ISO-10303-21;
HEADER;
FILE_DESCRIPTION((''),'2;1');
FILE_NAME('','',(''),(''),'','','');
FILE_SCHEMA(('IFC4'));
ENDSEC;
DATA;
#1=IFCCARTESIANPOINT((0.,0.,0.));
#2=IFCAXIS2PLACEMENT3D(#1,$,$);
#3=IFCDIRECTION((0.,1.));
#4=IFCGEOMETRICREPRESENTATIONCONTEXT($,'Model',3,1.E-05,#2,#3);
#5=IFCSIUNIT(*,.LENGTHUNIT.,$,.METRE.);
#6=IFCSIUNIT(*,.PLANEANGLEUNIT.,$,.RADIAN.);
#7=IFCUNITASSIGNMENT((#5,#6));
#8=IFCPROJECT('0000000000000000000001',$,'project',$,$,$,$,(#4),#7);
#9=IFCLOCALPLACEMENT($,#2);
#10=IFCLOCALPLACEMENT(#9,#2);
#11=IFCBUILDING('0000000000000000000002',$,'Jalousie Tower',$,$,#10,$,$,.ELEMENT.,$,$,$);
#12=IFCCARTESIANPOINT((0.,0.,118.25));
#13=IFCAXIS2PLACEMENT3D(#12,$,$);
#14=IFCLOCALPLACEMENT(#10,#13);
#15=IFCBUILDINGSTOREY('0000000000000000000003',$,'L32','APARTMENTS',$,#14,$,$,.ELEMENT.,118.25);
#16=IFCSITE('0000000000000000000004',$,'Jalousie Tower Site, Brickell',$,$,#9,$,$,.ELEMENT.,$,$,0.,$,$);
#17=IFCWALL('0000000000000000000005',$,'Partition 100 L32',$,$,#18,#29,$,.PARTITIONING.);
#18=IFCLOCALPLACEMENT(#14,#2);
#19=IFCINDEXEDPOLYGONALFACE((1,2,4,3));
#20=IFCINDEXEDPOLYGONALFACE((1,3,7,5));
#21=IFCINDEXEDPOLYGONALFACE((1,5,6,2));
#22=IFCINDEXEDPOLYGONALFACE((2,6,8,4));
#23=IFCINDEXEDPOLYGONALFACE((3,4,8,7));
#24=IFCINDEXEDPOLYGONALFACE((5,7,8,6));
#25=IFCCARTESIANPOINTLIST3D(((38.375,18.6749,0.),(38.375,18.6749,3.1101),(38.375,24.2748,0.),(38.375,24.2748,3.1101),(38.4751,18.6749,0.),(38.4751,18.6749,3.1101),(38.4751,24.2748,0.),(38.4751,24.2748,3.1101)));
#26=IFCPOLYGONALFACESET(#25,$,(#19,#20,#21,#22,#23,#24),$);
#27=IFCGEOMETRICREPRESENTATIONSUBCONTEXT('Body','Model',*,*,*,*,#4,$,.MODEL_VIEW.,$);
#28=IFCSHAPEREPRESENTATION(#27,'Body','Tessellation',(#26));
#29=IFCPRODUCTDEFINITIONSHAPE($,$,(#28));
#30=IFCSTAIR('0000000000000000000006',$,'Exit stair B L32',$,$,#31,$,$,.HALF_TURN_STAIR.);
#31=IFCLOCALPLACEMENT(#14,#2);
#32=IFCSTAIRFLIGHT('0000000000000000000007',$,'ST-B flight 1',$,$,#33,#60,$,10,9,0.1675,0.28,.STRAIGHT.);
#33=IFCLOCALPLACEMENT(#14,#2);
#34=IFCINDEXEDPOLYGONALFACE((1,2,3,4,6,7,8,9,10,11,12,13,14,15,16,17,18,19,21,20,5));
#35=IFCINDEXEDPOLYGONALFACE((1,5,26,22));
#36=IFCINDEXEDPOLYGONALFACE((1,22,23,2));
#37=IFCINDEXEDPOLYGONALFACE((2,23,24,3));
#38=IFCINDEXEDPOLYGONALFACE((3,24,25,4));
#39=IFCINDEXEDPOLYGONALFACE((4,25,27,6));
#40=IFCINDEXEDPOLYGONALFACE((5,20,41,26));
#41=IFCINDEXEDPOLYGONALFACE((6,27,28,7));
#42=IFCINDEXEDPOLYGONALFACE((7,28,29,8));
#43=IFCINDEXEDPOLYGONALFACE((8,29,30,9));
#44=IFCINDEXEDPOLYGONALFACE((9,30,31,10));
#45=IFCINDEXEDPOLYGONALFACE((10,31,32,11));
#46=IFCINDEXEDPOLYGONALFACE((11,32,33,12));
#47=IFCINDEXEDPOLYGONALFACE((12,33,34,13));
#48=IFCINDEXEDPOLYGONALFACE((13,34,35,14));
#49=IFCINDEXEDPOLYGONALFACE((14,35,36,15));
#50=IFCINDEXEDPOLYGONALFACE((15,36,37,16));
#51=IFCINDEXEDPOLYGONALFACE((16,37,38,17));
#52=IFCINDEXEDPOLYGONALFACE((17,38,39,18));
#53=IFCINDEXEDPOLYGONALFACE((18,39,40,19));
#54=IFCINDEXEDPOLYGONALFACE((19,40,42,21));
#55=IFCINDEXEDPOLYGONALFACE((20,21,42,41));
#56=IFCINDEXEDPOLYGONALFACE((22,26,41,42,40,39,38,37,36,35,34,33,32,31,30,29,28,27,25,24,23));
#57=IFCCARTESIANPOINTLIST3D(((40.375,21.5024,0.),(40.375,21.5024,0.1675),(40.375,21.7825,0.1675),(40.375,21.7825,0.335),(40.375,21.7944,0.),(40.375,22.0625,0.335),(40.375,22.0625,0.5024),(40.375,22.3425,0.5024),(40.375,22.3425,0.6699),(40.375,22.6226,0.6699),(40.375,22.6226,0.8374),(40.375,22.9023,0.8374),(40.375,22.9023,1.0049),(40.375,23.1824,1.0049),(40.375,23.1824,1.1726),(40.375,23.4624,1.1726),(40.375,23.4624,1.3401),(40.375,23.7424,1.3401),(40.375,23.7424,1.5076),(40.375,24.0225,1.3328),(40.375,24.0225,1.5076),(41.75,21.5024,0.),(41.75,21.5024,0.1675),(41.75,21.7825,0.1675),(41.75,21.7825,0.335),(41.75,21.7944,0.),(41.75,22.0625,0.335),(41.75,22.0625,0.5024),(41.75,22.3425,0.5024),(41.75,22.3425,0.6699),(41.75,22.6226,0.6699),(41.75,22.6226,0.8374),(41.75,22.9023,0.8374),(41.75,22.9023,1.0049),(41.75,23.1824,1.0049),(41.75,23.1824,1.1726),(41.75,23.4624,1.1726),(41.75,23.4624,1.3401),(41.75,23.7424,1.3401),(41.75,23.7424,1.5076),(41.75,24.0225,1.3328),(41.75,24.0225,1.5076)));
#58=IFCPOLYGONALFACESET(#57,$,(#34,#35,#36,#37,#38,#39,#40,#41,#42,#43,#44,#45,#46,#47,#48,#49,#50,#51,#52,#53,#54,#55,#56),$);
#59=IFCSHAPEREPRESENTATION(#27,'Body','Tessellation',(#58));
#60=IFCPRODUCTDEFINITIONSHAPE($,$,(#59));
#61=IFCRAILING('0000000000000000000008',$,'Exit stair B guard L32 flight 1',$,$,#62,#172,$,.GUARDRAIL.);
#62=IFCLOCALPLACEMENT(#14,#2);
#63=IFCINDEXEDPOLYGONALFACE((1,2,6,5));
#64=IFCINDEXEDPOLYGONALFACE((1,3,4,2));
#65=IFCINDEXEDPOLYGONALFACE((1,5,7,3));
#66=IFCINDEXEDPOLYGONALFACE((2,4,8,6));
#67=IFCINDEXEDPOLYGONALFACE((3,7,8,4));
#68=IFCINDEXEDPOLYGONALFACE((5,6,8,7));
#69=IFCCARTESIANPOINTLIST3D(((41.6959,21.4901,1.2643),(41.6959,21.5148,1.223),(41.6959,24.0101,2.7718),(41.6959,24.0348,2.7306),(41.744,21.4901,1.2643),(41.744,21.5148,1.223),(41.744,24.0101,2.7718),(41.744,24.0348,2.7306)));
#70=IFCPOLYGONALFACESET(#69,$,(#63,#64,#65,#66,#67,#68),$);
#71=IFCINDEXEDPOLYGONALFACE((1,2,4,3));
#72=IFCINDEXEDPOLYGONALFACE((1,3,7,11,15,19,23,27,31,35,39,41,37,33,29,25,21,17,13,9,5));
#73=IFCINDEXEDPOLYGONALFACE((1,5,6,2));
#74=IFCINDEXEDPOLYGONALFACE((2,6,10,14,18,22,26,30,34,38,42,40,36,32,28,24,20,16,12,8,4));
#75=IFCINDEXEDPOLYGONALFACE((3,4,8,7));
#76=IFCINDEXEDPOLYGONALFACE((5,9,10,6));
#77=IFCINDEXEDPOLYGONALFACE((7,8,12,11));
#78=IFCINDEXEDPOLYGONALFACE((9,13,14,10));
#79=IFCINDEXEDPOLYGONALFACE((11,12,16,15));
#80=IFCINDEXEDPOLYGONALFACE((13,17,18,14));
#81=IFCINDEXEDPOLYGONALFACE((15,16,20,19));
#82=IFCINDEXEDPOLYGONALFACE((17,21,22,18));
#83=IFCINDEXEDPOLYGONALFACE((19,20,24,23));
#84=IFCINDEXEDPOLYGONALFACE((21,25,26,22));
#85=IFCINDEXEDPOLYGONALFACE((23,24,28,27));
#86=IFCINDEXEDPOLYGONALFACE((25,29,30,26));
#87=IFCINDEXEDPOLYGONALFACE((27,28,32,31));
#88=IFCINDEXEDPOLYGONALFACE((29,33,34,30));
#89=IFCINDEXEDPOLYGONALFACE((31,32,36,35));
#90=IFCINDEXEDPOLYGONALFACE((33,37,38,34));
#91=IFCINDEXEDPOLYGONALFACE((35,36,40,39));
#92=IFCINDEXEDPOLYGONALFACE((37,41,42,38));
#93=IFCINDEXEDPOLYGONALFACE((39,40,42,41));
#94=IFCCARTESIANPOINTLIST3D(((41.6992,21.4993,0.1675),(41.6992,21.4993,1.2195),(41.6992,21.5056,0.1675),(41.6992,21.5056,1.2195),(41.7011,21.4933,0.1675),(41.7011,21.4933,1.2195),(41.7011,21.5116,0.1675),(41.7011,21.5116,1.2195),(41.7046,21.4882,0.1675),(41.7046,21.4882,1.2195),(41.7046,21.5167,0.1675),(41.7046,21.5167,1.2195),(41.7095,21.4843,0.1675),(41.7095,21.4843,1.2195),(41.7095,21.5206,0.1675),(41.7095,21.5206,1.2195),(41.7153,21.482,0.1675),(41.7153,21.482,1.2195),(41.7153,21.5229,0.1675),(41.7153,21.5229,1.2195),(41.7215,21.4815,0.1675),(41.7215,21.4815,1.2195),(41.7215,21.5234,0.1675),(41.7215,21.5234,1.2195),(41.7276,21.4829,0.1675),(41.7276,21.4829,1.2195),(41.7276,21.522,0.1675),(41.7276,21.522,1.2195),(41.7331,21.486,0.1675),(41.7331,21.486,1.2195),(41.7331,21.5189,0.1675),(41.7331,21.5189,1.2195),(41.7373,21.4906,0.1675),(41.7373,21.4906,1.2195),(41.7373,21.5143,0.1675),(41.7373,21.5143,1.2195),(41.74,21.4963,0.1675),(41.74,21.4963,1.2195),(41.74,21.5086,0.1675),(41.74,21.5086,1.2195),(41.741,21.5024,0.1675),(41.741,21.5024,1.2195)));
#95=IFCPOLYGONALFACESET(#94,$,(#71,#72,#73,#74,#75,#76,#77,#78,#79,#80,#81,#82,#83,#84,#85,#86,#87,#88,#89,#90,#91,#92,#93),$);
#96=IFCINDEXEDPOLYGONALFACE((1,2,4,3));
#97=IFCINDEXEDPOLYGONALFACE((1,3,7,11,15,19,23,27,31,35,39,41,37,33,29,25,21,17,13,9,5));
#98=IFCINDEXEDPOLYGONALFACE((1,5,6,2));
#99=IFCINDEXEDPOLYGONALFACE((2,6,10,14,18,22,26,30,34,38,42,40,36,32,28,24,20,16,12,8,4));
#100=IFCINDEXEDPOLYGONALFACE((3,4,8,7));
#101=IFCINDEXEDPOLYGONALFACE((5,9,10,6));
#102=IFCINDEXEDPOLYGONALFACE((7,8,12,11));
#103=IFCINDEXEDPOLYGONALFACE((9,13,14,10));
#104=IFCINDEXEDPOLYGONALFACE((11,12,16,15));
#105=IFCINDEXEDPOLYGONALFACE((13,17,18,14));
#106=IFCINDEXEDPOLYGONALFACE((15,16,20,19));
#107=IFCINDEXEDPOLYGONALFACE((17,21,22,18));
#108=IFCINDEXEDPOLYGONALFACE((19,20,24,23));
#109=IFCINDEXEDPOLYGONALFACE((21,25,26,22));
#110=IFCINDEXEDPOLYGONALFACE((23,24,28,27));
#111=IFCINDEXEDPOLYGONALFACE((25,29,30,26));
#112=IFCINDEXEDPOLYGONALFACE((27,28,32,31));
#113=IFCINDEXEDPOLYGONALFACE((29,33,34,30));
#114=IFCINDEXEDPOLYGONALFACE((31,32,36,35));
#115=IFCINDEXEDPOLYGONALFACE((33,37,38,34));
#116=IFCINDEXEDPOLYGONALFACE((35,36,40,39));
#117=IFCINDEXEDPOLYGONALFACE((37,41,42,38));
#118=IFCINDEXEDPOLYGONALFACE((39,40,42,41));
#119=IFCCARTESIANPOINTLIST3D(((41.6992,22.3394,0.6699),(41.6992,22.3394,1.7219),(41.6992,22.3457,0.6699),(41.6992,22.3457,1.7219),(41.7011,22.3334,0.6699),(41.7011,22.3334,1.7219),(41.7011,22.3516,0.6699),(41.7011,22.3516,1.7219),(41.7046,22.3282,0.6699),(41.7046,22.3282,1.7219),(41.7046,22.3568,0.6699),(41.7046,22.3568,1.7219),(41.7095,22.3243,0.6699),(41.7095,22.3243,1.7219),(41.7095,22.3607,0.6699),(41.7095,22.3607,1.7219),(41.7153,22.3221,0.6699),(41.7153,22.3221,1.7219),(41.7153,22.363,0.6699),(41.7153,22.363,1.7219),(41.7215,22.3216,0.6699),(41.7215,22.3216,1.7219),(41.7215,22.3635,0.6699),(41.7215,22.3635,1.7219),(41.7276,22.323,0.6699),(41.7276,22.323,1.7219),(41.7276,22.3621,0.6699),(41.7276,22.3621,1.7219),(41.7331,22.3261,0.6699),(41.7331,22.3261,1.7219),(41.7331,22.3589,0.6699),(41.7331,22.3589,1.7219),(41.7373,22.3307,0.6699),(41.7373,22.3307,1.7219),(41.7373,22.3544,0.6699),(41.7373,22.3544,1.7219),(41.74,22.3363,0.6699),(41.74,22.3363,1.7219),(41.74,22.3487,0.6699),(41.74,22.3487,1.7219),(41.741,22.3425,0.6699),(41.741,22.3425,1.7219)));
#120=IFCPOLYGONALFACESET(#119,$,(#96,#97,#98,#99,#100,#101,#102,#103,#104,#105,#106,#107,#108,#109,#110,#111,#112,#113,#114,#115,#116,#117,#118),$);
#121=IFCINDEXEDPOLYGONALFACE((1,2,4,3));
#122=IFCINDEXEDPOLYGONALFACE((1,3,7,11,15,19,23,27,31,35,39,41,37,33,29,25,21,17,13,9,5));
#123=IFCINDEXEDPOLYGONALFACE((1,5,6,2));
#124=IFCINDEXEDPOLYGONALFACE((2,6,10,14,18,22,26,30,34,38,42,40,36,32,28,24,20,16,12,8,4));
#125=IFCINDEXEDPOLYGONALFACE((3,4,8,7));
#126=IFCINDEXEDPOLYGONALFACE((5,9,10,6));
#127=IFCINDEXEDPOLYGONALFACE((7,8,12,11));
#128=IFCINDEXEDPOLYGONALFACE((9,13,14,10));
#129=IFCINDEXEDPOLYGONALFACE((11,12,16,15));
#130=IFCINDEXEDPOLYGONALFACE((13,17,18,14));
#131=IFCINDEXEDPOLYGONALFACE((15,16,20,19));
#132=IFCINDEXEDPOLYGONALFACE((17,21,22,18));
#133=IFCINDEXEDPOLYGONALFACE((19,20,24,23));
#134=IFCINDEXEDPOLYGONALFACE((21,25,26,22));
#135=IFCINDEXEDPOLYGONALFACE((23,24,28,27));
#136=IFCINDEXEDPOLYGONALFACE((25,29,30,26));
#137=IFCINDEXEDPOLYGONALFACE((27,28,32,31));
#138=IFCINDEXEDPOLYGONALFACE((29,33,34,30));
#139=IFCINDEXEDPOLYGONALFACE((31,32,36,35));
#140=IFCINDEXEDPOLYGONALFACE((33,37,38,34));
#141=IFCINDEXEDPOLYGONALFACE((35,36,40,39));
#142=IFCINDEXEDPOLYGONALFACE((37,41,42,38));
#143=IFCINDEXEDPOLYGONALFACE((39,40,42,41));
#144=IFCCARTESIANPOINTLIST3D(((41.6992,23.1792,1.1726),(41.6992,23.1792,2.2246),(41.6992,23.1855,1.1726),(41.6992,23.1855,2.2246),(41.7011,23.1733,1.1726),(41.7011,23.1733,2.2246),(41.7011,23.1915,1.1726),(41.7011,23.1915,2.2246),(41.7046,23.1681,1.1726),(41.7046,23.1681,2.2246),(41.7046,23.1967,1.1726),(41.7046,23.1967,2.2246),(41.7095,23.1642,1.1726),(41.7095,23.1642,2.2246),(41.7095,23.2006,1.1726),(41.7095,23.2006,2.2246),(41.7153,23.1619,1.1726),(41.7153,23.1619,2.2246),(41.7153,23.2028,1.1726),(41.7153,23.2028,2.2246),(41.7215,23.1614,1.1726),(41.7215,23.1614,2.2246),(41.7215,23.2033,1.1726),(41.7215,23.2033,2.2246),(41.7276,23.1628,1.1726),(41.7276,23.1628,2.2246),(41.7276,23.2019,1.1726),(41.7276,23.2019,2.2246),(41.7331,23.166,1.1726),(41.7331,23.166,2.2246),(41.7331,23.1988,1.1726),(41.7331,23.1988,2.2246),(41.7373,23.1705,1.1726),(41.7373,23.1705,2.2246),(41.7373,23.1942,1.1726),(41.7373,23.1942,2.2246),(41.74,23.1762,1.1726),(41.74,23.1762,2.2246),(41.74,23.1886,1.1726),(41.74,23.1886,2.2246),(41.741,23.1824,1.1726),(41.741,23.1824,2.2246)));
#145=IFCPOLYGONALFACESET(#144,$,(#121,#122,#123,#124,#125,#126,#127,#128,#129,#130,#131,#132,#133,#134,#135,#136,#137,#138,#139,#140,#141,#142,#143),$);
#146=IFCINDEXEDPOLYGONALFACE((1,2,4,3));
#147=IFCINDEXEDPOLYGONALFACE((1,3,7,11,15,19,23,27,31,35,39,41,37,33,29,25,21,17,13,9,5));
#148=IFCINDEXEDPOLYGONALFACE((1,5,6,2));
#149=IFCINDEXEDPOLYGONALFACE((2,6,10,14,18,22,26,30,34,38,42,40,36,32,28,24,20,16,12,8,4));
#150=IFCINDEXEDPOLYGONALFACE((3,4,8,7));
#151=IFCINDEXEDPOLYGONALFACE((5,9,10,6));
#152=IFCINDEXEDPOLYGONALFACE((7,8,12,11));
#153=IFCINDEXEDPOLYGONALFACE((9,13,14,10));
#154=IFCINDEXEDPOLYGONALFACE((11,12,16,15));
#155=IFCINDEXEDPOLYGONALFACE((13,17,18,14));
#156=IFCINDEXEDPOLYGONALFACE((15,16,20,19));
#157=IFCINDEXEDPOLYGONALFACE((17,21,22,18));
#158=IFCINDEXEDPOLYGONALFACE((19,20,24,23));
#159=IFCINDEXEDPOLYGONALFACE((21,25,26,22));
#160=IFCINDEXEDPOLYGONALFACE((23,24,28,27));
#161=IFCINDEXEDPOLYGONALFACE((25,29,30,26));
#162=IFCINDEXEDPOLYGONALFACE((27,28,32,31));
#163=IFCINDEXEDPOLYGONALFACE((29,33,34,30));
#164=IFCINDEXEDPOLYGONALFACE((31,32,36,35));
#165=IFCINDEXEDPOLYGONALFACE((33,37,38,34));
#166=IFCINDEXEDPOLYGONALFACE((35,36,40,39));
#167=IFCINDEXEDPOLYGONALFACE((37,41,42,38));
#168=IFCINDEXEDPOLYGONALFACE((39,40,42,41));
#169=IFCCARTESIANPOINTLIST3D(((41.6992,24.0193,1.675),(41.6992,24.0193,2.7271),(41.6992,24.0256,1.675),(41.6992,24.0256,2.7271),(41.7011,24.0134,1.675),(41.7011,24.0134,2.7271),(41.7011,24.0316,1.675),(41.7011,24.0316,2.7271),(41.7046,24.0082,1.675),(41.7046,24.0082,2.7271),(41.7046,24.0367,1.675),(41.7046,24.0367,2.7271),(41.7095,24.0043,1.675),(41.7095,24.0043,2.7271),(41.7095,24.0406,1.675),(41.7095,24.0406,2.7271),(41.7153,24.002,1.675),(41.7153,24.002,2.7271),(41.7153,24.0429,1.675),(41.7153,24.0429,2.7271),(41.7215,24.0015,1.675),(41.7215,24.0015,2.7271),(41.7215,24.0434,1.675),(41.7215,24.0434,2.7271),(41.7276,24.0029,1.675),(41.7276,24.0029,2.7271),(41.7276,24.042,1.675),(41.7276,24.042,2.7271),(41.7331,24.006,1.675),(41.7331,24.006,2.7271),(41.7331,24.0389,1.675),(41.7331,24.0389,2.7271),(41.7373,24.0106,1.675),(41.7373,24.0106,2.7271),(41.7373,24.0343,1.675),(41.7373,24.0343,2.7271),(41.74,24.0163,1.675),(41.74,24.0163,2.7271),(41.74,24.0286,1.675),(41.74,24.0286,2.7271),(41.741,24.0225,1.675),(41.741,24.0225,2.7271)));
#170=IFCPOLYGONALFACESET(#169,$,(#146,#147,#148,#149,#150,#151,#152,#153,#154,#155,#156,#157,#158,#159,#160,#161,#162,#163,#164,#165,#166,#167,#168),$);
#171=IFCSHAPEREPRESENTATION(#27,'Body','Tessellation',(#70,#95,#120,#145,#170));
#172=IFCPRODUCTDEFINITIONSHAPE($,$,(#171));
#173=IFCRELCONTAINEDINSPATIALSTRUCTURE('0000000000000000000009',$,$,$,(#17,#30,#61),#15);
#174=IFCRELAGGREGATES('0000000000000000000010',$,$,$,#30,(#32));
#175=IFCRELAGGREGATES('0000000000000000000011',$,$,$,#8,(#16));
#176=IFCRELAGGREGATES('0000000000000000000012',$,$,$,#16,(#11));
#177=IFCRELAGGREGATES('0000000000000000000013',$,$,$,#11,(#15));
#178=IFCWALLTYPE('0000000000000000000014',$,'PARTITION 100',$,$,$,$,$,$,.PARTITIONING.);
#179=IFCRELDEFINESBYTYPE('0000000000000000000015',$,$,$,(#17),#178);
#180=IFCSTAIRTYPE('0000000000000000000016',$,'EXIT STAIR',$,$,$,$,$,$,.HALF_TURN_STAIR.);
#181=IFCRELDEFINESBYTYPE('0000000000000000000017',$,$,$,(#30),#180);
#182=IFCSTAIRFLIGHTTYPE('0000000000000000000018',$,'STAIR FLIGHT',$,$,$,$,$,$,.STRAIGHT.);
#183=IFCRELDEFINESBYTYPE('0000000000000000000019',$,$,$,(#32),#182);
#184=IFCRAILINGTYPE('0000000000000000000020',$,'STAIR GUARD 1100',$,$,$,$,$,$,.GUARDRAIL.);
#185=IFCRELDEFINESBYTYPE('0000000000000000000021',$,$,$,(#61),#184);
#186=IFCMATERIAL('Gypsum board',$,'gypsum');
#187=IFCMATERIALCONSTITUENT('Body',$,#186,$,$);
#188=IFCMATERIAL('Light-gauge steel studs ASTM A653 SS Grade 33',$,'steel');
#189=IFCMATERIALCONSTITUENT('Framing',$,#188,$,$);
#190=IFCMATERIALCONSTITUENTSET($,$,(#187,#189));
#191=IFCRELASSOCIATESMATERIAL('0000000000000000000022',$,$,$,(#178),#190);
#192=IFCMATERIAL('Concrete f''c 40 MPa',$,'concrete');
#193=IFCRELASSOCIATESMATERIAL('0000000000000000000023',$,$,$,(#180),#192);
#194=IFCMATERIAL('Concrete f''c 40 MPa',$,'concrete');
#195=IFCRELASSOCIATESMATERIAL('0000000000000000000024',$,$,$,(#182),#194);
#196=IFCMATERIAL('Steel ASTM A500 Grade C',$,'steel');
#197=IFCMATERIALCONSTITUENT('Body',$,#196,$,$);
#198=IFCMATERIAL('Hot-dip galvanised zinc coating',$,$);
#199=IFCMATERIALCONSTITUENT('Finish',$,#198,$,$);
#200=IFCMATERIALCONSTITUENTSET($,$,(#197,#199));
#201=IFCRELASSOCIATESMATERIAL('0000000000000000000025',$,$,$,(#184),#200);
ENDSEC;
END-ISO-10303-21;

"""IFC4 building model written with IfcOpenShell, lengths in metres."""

from ifc_helpers import new_model, si_unit, direction, frame, frame_2d, origin, origin_2d, place, context, subcontext, project, spatial, polyline, rectangle, circle, outline, extrude, material, constituent, constituent_set, type_object, element, aggregate, save


model = new_model("IFC4")

# Units and contexts
model_context = context("Model", 3, precision=1e-05, world=origin(), true_north=direction((0.0, 1.0)))
body_context = subcontext(model_context, "Body", "Model", "MODEL_VIEW")
ifc_project = project(units=[si_unit("LENGTHUNIT", "METRE"), si_unit("PLANEANGLEUNIT", "RADIAN")], contexts=[model_context])

# Site, building, storey
site_placement = place(None, origin())
site = spatial("IfcSite", under=ifc_project, at=site_placement, Name="Jalousie Tower Site, Brickell", CompositionType="ELEMENT", RefElevation=0.0)
building_placement = place(site_placement, origin())
building = spatial("IfcBuilding", under=site, at=building_placement, Name="Jalousie Tower", CompositionType="ELEMENT")
storey_placement = place(building_placement, frame((0.0, 0.0, 118.25)))
storey = spatial("IfcBuildingStorey", under=building, at=storey_placement, Name="L32", Description="APARTMENTS", CompositionType="ELEMENT", Elevation=118.25)

# Wall
ifc_material_1 = material(Name="Gypsum board", Category="gypsum")
ifc_constituent_1 = constituent(ifc_material_1, Name="Body")
ifc_material_2 = material(Name="Light-gauge steel studs ASTM A653 SS Grade 33", Category="steel")
ifc_constituent_2 = constituent(ifc_material_2, Name="Framing")
ifc_constituent_set_1 = constituent_set(constituents=[ifc_constituent_1, ifc_constituent_2])
wall_type_1 = type_object("IfcWallType", Name="PARTITION 100", PredefinedType="PARTITIONING", material=ifc_constituent_set_1)
wall_1_placement = place(storey_placement, frame((38.425, 18.675, 0.0), z_axis=(0.0, 0.0, 1.0), x_axis=(0.0, 1.0, 0.0)))
element("IfcWall", 1, at=wall_1_placement, inside=storey, type_object=wall_type_1, Name="Partition 100 L32", PredefinedType="PARTITIONING", context=body_context, shape_type="SweptSolid", body=[
    extrude(rectangle(XDim=5.5999, YDim=0.1001, at=frame_2d((2.7998, 0.0))), origin(), (0.0, 0.0, 1.0), 3.1101),
])

# Stair, stair flight
ifc_material_3 = material(Name="Concrete f'c 40 MPa", Category="concrete")
stair_type = type_object("IfcStairType", Name="EXIT STAIR", PredefinedType="HALF_TURN_STAIR", material=ifc_material_3)
stair_placement = place(storey_placement, origin())
stair = element("IfcStair", 2, at=stair_placement, inside=storey, type_object=stair_type, Name="Exit stair B L32", PredefinedType="HALF_TURN_STAIR")
ifc_material_4 = material(Name="Concrete f'c 40 MPa", Category="concrete")
stair_flight_type = type_object("IfcStairFlightType", Name="STAIR FLIGHT", PredefinedType="STRAIGHT", material=ifc_material_4)
stair_flight_placement = place(storey_placement, frame((41.0625, 21.5024, 0.0), z_axis=(0.0, 0.0, 1.0), x_axis=(0.0, 1.0, 0.0)))
stair_flight = element("IfcStairFlight", 3, at=stair_flight_placement, type_object=stair_flight_type, Name="ST-B flight 1", NumberOfRisers=10, NumberOfTreads=9, PredefinedType="STRAIGHT", RiserHeight=0.1675, TreadLength=0.28, context=body_context, shape_type="SweptSolid", body=[
    extrude(outline(polyline([(0.0, 0.0), (0.0, 0.1675), (0.28, 0.1675), (0.28, 0.335), (0.5601, 0.335), (0.5601, 0.5024), (0.8401, 0.5024), (0.8401, 0.6699), (1.1201, 0.6699), (1.1201, 0.8374), (1.3999, 0.8374), (1.3999, 1.0049), (1.6799, 1.0049), (1.6799, 1.1726), (1.96, 1.1726), (1.96, 1.3401), (2.24, 1.3401), (2.24, 1.5076), (2.52, 1.5076), (2.52, 1.675), (2.52, 1.3328), (0.292, 0.0), (0.0, 0.0)])), frame((0.0, 0.6875, 0.0), z_axis=(0.0, -1.0, 0.0), x_axis=(1.0, 0.0, 0.0)), (0.0, 0.0, 1.0), 1.375),
])
aggregate(stair, [stair_flight])

# Railing
ifc_material_5 = material(Name="Steel ASTM A500 Grade C", Category="steel")
ifc_constituent_3 = constituent(ifc_material_5, Name="Body")
ifc_material_6 = material(Name="Hot-dip galvanised zinc coating")
ifc_constituent_4 = constituent(ifc_material_6, Name="Finish")
ifc_constituent_set_2 = constituent_set(constituents=[ifc_constituent_3, ifc_constituent_4])
railing_type_1 = type_object("IfcRailingType", Name="STAIR GUARD 1100", PredefinedType="GUARDRAIL", material=ifc_constituent_set_2)
railing_1_placement = place(storey_placement, frame((41.72, 21.5024, 0.1675)))
element("IfcRailing", 4, at=railing_1_placement, inside=storey, type_object=railing_type_1, Name="Exit stair B guard L32 flight 1", PredefinedType="GUARDRAIL", context=body_context, shape_type="SweptSolid", body=[
    extrude(rectangle(XDim=0.0481, YDim=0.0481, at=origin_2d()), frame((0.0, 0.0, 1.0762), z_axis=(0.0, 0.85816, 0.513383), x_axis=(-1.0, 0.0, 0.0)), (0.0, 0.0, 1.0), 2.9365),
    extrude(circle(Radius=0.021, at=origin_2d()), origin(), (0.0, 0.0, 1.0), 1.052),
    extrude(circle(Radius=0.021, at=origin_2d()), frame((0.0, 0.8401, 0.5024)), (0.0, 0.0, 1.0), 1.052),
    extrude(circle(Radius=0.021, at=origin_2d()), frame((0.0, 1.6799, 1.0051)), (0.0, 0.0, 1.0), 1.052),
    extrude(circle(Radius=0.021, at=origin_2d()), frame((0.0, 2.52, 1.5076)), (0.0, 0.0, 1.0), 1.052),
])

save(model, "model.ifc")
